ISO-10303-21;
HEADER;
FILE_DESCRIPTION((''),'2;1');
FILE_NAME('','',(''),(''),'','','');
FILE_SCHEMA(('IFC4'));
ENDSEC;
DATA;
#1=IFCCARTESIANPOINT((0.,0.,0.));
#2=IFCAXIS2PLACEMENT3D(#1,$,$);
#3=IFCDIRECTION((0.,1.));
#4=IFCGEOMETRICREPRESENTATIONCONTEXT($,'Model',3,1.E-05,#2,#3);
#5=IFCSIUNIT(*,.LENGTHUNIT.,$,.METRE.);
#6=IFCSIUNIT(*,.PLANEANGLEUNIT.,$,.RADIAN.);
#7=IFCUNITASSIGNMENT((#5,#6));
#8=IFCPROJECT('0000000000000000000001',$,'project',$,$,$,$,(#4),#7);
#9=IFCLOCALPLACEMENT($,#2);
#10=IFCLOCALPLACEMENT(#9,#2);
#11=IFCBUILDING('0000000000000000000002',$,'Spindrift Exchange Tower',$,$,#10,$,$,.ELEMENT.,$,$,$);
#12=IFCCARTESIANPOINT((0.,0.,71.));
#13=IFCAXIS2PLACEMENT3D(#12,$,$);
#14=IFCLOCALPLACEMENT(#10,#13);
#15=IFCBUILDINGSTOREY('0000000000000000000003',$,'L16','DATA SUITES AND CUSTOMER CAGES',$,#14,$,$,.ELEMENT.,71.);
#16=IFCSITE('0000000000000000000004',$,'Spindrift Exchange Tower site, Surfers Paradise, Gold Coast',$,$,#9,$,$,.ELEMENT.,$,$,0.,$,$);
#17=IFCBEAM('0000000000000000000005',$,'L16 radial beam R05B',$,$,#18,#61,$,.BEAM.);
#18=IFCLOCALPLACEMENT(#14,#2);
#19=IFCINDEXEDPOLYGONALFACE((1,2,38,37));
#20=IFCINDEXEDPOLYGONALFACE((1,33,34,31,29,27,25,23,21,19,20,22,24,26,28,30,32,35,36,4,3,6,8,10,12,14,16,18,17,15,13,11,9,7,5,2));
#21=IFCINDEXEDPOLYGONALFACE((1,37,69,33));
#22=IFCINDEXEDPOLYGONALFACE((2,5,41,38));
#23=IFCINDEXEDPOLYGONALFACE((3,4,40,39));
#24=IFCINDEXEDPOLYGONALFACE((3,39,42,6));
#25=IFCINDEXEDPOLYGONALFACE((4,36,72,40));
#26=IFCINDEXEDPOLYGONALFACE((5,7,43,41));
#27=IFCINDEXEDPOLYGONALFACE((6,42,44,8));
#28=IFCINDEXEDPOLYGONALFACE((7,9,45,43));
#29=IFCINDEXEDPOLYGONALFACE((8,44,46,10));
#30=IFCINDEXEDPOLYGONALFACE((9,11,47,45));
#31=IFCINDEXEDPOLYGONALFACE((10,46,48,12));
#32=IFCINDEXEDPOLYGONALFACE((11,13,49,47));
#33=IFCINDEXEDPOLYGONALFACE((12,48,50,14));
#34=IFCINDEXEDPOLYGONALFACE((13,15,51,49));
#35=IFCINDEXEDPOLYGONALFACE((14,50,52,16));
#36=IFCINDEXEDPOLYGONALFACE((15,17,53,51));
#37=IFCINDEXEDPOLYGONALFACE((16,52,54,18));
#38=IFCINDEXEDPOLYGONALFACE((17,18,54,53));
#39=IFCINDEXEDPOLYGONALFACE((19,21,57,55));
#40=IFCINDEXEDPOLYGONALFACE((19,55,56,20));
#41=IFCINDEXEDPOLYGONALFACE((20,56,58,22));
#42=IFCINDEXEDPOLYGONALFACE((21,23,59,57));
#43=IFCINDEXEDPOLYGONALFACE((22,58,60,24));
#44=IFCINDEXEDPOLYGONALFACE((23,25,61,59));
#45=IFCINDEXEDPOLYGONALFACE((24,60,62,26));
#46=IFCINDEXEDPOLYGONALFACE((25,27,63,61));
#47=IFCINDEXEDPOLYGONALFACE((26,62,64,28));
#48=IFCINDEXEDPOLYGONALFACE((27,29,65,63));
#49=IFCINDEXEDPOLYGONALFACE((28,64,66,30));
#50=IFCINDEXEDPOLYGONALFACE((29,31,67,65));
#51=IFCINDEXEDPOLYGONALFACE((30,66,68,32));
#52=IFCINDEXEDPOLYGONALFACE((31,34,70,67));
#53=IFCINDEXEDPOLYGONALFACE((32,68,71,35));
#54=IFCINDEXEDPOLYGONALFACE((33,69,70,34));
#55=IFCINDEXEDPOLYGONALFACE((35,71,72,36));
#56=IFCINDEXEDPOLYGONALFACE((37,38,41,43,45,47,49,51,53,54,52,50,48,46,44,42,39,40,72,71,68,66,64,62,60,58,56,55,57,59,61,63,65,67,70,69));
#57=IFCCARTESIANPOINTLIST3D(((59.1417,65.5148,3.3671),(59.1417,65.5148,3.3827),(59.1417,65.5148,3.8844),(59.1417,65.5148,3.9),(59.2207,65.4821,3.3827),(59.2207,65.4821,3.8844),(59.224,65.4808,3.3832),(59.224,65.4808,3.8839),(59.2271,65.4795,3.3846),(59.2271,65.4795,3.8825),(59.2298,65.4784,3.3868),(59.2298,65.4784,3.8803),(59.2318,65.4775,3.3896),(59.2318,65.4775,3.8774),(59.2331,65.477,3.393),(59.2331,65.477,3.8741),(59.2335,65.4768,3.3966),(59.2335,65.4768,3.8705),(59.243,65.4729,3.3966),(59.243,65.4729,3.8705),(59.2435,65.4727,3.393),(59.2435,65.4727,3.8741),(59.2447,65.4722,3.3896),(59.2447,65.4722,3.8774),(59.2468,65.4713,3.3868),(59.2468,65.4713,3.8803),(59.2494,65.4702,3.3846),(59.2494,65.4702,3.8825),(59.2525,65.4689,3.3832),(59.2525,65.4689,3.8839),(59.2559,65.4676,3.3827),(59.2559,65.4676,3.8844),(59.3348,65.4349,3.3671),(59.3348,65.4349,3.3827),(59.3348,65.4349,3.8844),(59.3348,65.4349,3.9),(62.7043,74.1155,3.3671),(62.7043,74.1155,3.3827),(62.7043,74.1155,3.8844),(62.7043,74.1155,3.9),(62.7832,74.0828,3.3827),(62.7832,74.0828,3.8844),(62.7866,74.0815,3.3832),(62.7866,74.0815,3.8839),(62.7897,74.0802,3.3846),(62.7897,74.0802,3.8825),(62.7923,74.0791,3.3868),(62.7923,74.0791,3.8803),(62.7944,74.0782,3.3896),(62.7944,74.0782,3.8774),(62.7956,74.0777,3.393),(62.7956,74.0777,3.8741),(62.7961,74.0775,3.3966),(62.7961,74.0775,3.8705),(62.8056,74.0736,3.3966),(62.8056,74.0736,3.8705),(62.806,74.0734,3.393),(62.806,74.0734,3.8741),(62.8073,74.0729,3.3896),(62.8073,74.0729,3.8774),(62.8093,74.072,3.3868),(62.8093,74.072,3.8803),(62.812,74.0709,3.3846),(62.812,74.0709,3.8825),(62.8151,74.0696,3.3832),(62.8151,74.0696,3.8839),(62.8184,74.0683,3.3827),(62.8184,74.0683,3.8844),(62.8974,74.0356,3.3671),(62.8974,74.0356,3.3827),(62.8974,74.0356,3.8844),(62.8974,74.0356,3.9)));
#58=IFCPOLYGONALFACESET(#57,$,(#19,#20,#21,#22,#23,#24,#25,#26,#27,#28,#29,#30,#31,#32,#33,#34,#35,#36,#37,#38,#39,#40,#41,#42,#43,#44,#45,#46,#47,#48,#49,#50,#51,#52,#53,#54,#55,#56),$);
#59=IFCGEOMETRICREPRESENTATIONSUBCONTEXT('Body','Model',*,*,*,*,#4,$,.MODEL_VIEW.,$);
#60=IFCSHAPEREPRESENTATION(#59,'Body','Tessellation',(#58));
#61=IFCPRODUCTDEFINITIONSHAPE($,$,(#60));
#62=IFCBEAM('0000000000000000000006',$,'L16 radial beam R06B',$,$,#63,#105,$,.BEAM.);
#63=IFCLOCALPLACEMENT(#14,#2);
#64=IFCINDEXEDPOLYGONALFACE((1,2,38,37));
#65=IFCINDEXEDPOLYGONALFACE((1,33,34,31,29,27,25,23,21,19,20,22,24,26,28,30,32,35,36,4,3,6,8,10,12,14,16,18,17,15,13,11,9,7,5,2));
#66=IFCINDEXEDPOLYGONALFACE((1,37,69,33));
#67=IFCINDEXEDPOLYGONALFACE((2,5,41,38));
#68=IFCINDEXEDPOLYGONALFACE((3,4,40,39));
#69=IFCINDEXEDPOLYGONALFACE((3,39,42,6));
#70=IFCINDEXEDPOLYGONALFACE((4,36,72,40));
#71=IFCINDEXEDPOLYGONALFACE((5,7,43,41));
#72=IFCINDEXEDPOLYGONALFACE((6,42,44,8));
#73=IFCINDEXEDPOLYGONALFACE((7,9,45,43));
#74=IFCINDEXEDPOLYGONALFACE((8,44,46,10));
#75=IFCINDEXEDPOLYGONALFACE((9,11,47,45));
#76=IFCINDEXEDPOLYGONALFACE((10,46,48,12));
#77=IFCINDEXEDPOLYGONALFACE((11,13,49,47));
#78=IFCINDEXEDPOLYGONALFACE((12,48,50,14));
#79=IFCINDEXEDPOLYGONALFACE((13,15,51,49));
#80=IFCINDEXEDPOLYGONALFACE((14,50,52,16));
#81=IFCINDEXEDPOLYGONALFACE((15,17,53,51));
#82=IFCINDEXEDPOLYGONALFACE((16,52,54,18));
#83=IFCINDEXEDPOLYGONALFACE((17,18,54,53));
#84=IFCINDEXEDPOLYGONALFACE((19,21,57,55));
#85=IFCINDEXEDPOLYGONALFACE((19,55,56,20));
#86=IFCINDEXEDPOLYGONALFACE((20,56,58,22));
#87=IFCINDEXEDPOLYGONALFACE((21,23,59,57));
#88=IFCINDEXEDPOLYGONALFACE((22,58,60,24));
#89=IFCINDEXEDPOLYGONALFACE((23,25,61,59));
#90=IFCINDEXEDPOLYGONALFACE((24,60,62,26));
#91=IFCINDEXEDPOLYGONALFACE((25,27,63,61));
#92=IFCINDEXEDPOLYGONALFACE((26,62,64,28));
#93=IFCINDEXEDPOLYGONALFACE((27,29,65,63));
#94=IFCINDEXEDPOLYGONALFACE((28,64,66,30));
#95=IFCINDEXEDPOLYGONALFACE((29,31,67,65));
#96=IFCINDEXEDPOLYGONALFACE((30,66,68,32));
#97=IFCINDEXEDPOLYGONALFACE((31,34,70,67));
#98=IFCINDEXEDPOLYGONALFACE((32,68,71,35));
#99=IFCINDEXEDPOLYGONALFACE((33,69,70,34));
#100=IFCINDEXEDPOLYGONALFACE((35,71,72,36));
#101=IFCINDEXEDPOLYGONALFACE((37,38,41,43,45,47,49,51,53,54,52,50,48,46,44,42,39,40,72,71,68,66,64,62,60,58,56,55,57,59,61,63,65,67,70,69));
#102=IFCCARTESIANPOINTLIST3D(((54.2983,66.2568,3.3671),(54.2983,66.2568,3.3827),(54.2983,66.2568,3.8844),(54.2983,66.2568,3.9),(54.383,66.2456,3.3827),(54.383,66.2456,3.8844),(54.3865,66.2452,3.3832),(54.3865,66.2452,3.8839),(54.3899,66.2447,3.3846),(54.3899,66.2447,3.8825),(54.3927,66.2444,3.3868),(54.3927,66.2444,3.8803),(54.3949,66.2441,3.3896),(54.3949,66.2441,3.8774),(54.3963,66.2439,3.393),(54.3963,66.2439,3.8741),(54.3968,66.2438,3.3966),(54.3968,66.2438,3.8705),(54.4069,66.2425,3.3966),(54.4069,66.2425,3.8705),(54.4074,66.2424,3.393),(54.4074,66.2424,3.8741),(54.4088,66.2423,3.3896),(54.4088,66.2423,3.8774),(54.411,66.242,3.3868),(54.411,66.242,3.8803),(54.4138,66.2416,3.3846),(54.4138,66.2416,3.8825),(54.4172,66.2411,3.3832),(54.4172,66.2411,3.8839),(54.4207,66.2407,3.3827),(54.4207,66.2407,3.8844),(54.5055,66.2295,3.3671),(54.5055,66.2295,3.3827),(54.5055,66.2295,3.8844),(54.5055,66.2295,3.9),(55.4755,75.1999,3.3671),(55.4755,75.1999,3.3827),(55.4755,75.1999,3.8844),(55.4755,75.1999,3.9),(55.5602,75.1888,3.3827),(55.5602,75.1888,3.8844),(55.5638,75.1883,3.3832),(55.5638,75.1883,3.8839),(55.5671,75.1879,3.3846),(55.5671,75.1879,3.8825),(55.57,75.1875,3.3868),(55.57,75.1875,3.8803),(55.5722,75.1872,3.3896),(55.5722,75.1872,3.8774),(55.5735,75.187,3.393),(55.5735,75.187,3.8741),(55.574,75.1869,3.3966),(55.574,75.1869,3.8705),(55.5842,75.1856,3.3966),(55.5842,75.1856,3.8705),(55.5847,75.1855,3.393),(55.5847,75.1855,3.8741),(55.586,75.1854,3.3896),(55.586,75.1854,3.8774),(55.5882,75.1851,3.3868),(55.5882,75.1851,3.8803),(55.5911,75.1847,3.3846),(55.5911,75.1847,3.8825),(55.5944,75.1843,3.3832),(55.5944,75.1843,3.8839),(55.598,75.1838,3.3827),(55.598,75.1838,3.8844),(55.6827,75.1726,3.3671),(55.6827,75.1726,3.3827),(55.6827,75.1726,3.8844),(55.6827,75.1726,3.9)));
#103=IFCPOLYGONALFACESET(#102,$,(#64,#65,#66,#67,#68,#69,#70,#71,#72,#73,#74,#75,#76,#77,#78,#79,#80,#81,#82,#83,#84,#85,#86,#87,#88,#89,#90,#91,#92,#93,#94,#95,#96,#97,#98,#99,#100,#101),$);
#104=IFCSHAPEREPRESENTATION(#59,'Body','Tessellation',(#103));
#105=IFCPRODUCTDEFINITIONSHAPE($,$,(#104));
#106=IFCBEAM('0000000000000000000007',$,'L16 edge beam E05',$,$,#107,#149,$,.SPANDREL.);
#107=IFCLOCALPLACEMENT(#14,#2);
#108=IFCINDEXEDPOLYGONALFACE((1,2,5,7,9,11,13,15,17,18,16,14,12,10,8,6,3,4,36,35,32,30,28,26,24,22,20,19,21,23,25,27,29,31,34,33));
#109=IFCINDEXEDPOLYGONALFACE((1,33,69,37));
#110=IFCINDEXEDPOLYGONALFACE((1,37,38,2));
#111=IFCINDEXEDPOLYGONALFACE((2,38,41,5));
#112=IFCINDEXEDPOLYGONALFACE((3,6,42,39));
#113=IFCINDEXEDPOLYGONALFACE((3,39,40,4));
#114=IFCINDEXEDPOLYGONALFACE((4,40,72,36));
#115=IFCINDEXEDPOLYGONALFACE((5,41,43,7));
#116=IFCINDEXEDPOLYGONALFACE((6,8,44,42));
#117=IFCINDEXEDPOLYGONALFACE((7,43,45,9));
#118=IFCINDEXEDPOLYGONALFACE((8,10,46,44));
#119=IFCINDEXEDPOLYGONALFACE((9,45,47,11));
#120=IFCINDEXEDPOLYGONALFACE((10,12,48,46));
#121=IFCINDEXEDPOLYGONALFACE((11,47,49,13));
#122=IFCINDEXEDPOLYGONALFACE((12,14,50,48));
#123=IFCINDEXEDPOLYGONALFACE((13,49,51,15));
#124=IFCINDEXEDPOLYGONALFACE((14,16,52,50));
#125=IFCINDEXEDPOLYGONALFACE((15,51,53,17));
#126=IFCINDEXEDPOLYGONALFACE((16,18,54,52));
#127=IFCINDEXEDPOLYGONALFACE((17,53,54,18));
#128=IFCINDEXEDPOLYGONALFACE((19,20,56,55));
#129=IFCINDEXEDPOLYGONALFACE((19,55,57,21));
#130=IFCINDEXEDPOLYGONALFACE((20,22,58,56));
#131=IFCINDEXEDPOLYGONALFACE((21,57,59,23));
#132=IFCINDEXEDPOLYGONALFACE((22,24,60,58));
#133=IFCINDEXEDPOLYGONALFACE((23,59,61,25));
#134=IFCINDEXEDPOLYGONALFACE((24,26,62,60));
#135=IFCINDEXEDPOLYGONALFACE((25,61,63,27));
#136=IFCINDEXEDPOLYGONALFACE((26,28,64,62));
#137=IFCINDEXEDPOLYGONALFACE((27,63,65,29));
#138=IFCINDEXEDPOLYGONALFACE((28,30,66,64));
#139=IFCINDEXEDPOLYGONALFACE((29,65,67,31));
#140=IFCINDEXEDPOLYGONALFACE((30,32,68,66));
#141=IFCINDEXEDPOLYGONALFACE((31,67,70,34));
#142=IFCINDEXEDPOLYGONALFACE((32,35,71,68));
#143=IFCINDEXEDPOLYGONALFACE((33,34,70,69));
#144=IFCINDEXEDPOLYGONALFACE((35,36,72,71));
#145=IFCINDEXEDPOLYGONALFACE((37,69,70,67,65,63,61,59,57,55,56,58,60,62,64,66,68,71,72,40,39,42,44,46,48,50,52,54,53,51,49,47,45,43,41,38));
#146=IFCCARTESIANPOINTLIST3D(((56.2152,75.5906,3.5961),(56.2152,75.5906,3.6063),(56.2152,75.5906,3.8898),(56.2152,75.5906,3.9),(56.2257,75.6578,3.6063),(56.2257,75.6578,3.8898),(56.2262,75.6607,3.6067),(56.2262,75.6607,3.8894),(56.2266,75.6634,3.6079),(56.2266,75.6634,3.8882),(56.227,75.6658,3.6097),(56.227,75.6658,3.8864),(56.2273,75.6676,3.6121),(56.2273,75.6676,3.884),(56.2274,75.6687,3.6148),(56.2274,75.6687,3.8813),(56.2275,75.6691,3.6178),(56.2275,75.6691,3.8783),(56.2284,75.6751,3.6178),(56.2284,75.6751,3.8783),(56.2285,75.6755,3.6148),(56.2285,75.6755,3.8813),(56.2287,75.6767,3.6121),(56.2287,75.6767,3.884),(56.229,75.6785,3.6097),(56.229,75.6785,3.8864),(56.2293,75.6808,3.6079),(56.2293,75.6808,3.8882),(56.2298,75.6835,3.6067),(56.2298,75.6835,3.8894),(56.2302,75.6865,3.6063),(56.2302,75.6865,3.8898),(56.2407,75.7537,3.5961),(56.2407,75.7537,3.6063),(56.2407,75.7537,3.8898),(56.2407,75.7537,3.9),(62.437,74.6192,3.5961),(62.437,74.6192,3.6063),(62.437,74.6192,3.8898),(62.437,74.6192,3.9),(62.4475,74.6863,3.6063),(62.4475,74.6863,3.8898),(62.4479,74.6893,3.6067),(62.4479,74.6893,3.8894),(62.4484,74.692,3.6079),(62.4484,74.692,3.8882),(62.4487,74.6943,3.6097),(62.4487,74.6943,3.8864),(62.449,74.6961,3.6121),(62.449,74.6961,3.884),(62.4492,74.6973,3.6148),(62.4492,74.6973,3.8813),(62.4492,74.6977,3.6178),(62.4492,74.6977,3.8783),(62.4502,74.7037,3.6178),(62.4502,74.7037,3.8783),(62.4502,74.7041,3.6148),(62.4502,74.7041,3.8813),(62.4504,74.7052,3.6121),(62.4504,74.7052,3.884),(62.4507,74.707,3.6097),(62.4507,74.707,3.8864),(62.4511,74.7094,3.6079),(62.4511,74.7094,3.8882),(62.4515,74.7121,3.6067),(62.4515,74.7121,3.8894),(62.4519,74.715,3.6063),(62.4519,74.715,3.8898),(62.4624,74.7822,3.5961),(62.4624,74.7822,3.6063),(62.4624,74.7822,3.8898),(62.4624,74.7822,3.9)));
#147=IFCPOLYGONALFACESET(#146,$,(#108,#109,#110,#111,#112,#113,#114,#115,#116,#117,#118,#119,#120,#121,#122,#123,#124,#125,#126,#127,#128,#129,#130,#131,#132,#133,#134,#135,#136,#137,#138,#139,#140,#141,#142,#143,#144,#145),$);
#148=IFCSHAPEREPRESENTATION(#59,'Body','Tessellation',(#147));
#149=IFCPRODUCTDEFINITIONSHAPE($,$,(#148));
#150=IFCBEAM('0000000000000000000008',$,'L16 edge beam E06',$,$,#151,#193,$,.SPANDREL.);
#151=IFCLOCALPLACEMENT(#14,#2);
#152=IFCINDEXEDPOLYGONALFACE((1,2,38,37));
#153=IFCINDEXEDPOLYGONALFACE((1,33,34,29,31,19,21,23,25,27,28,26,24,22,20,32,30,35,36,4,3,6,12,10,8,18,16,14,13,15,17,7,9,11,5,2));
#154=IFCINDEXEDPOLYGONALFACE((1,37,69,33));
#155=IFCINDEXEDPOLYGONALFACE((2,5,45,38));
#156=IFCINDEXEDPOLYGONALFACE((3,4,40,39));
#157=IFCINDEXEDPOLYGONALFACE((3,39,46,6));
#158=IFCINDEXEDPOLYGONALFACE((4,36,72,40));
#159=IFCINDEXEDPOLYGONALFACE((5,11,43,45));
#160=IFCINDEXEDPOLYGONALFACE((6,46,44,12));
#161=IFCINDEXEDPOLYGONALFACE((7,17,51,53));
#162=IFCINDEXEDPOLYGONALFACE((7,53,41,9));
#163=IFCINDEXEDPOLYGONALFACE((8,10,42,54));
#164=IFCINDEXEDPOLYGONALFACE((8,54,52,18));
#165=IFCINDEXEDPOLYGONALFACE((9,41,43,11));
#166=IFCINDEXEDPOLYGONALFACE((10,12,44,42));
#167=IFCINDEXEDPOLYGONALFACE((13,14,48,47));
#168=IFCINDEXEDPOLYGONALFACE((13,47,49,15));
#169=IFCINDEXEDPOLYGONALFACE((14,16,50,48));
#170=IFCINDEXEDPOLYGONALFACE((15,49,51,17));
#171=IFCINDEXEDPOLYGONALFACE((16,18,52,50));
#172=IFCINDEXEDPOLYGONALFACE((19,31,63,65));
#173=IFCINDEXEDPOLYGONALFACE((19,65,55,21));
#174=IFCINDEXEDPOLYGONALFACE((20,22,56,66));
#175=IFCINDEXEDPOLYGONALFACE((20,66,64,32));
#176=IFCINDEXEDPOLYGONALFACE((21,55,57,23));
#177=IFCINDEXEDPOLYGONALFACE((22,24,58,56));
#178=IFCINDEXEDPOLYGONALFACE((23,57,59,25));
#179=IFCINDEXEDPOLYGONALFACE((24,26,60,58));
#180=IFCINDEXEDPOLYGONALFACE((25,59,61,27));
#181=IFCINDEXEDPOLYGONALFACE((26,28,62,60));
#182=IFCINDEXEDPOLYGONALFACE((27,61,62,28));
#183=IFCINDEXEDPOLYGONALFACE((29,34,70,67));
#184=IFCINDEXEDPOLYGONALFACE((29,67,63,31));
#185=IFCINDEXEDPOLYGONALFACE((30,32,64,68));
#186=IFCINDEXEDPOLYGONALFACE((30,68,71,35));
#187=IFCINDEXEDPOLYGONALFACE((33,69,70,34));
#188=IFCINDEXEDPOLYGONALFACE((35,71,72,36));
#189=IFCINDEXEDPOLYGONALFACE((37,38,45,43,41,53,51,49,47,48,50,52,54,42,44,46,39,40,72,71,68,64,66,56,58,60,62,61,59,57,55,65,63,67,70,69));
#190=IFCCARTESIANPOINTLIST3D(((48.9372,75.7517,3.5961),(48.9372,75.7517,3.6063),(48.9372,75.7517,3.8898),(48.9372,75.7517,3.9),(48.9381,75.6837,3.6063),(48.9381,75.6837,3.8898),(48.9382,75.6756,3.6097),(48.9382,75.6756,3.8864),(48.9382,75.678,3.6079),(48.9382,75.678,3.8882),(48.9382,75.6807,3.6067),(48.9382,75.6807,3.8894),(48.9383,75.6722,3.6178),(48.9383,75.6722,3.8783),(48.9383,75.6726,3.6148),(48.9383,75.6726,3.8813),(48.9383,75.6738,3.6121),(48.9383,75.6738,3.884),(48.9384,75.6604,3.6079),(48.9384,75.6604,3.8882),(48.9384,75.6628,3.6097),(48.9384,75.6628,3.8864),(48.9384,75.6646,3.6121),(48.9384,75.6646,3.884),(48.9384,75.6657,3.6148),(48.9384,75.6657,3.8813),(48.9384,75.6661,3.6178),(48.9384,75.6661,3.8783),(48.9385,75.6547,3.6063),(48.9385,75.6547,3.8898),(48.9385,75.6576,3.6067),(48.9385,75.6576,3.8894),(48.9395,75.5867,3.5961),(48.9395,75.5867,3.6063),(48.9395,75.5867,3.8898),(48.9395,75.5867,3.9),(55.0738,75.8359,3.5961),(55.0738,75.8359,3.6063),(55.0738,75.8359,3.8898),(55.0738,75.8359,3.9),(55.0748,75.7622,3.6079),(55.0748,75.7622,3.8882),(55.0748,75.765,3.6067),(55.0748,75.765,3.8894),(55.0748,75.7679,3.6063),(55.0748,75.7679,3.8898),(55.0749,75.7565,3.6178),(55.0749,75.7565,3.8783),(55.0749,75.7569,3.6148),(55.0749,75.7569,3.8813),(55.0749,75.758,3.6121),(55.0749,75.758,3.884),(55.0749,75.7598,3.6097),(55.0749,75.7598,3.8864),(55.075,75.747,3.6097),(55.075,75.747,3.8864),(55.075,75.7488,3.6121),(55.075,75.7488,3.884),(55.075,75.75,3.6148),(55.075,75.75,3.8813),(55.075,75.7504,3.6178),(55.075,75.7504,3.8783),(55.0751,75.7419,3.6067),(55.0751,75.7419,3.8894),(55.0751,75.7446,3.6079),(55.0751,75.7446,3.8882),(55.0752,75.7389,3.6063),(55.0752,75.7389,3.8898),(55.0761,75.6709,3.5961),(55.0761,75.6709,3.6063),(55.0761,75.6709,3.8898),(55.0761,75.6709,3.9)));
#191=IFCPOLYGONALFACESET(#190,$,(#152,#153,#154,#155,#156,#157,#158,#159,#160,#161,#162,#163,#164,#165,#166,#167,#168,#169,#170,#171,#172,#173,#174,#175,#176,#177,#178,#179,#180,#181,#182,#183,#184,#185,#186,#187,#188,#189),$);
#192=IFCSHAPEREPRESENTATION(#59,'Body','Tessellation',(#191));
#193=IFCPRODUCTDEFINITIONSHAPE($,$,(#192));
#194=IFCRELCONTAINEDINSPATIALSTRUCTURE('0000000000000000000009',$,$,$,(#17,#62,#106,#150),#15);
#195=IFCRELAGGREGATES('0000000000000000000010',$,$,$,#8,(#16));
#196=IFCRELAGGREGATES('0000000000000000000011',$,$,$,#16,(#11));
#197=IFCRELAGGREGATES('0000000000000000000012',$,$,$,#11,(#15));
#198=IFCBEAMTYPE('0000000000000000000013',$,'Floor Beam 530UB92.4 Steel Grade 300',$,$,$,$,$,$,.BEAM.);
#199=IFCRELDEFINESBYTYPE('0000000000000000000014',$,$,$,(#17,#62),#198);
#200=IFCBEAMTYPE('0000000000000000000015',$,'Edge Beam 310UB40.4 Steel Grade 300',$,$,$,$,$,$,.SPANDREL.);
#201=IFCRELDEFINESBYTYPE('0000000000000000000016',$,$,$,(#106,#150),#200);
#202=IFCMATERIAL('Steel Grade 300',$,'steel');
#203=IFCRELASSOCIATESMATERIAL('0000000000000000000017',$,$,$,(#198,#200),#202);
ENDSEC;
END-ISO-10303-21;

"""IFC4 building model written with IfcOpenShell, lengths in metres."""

from ifc_helpers import new_model, si_unit, direction, frame, origin, origin_2d, place, context, subcontext, project, spatial, i_section, extrude, source, transform, mapped, material, material_profile, profile_set, type_object, element, save


model = new_model("IFC4")

# Units and contexts
model_context = context("Model", 3, precision=1e-05, world=origin(), true_north=direction((0.0, 1.0)))
body_context = subcontext(model_context, "Body", "Model", "MODEL_VIEW")
ifc_project = project(units=[si_unit("LENGTHUNIT", "METRE"), si_unit("PLANEANGLEUNIT", "RADIAN")], contexts=[model_context])

# Site, building, storey
site_placement = place(None, origin())
site = spatial("IfcSite", under=ifc_project, at=site_placement, Name="Spindrift Exchange Tower site, Surfers Paradise, Gold Coast", CompositionType="ELEMENT", RefElevation=0.0)
building_placement = place(site_placement, origin())
building = spatial("IfcBuilding", under=site, at=building_placement, Name="Spindrift Exchange Tower", CompositionType="ELEMENT")
storey_placement = place(building_placement, frame((0.0, 0.0, 71.0)))
storey = spatial("IfcBuildingStorey", under=building, at=storey_placement, Name="L16", Description="DATA SUITES AND CUSTOMER CAGES", CompositionType="ELEMENT", Elevation=71.0)

# Beams
ifc_material_1 = material(Name="Steel Grade 300", Category="steel")
ifc_material_profile_1 = material_profile(ifc_material_1, i_section(OverallWidth=0.209, OverallDepth=0.533, WebThickness=0.0103, FlangeThickness=0.0156, FilletRadius=0.0139, at=origin_2d()), Name="530UB92.4")
ifc_profile_set_1 = profile_set([ifc_material_profile_1], Name="Steel Grade 300")
beam_type_1 = type_object("IfcBeamType", Name="Floor Beam 530UB92.4 Steel Grade 300", PredefinedType="BEAM", material=ifc_profile_set_1)
shared_shape_1 = source(origin(), body_context, "Body", "SweptSolid", [
    extrude(i_section(OverallWidth=0.209, OverallDepth=0.533, WebThickness=0.0103, FlangeThickness=0.0156, FilletRadius=0.0139, at=origin_2d()), origin(), (0.0, 0.0, 1.0), 9.3093),
])
beam_1_placement = place(storey_placement, frame((59.2383, 65.4749, 3.6335), z_axis=(0.382685, 0.923879, 0.0), x_axis=(-0.923879, 0.382685, 0.0)))
element("IfcBeam", 1, at=beam_1_placement, inside=storey, type_object=beam_type_1, Name="L16 radial beam R05B", PredefinedType="BEAM", context=body_context, shape_type="MappedRepresentation", body=[
    mapped(shared_shape_1, transform((0.0, 0.0, 0.0), scale=1.0)),
])
shared_shape_2 = source(origin(), body_context, "Body", "SweptSolid", [
    extrude(i_section(OverallWidth=0.209, OverallDepth=0.533, WebThickness=0.0103, FlangeThickness=0.0156, FilletRadius=0.0139, at=origin_2d()), origin(), (0.0, 0.0, 1.0), 9.0203),
])
beam_2_placement = place(storey_placement, frame((54.4019, 66.2432, 3.6335), z_axis=(0.130511, 0.991447, 0.0), x_axis=(-0.991447, 0.130511, 0.0)))
element("IfcBeam", 2, at=beam_2_placement, inside=storey, type_object=beam_type_1, Name="L16 radial beam R06B", PredefinedType="BEAM", context=body_context, shape_type="MappedRepresentation", body=[
    mapped(shared_shape_2, transform((0.0, 0.0, 0.0), scale=1.0)),
])
ifc_material_profile_2 = material_profile(ifc_material_1, i_section(OverallWidth=0.165, OverallDepth=0.304, WebThickness=0.0061, FlangeThickness=0.0103, FilletRadius=0.0115, at=origin_2d()), Name="310UB40.4")
ifc_profile_set_2 = profile_set([ifc_material_profile_2], Name="Steel Grade 300")
beam_type_2 = type_object("IfcBeamType", Name="Edge Beam 310UB40.4 Steel Grade 300", PredefinedType="SPANDREL", material=ifc_profile_set_2)
shared_shape_3 = source(origin(), body_context, "Body", "SweptSolid", [
    extrude(i_section(OverallWidth=0.165, OverallDepth=0.304, WebThickness=0.0061, FlangeThickness=0.0103, FilletRadius=0.0115, at=origin_2d()), origin(), (0.0, 0.0, 1.0), 6.2971),
])
beam_3_placement = place(storey_placement, frame((62.4497, 74.7007, 3.748), z_axis=(-0.988029, 0.154268, 0.0), x_axis=(-0.154268, -0.988029, 0.0)))
element("IfcBeam", 3, at=beam_3_placement, inside=storey, type_object=beam_type_2, Name="L16 edge beam E05", PredefinedType="SPANDREL", context=body_context, shape_type="MappedRepresentation", body=[
    mapped(shared_shape_3, transform((0.0, 0.0, 0.0), scale=1.0)),
])
shared_shape_4 = source(origin(), body_context, "Body", "SweptSolid", [
    extrude(i_section(OverallWidth=0.165, OverallDepth=0.304, WebThickness=0.0061, FlangeThickness=0.0103, FilletRadius=0.0115, at=origin_2d()), origin(), (0.0, 0.0, 1.0), 6.1372),
])
beam_4_placement = place(storey_placement, frame((55.075, 75.7534, 3.748), z_axis=(-0.999906, -0.013724, 0.0), x_axis=(0.013724, -0.999906, 0.0)))
element("IfcBeam", 4, at=beam_4_placement, inside=storey, type_object=beam_type_2, Name="L16 edge beam E06", PredefinedType="SPANDREL", context=body_context, shape_type="MappedRepresentation", body=[
    mapped(shared_shape_4, transform((0.0, 0.0, 0.0), scale=1.0)),
])

save(model, "model.ifc")
